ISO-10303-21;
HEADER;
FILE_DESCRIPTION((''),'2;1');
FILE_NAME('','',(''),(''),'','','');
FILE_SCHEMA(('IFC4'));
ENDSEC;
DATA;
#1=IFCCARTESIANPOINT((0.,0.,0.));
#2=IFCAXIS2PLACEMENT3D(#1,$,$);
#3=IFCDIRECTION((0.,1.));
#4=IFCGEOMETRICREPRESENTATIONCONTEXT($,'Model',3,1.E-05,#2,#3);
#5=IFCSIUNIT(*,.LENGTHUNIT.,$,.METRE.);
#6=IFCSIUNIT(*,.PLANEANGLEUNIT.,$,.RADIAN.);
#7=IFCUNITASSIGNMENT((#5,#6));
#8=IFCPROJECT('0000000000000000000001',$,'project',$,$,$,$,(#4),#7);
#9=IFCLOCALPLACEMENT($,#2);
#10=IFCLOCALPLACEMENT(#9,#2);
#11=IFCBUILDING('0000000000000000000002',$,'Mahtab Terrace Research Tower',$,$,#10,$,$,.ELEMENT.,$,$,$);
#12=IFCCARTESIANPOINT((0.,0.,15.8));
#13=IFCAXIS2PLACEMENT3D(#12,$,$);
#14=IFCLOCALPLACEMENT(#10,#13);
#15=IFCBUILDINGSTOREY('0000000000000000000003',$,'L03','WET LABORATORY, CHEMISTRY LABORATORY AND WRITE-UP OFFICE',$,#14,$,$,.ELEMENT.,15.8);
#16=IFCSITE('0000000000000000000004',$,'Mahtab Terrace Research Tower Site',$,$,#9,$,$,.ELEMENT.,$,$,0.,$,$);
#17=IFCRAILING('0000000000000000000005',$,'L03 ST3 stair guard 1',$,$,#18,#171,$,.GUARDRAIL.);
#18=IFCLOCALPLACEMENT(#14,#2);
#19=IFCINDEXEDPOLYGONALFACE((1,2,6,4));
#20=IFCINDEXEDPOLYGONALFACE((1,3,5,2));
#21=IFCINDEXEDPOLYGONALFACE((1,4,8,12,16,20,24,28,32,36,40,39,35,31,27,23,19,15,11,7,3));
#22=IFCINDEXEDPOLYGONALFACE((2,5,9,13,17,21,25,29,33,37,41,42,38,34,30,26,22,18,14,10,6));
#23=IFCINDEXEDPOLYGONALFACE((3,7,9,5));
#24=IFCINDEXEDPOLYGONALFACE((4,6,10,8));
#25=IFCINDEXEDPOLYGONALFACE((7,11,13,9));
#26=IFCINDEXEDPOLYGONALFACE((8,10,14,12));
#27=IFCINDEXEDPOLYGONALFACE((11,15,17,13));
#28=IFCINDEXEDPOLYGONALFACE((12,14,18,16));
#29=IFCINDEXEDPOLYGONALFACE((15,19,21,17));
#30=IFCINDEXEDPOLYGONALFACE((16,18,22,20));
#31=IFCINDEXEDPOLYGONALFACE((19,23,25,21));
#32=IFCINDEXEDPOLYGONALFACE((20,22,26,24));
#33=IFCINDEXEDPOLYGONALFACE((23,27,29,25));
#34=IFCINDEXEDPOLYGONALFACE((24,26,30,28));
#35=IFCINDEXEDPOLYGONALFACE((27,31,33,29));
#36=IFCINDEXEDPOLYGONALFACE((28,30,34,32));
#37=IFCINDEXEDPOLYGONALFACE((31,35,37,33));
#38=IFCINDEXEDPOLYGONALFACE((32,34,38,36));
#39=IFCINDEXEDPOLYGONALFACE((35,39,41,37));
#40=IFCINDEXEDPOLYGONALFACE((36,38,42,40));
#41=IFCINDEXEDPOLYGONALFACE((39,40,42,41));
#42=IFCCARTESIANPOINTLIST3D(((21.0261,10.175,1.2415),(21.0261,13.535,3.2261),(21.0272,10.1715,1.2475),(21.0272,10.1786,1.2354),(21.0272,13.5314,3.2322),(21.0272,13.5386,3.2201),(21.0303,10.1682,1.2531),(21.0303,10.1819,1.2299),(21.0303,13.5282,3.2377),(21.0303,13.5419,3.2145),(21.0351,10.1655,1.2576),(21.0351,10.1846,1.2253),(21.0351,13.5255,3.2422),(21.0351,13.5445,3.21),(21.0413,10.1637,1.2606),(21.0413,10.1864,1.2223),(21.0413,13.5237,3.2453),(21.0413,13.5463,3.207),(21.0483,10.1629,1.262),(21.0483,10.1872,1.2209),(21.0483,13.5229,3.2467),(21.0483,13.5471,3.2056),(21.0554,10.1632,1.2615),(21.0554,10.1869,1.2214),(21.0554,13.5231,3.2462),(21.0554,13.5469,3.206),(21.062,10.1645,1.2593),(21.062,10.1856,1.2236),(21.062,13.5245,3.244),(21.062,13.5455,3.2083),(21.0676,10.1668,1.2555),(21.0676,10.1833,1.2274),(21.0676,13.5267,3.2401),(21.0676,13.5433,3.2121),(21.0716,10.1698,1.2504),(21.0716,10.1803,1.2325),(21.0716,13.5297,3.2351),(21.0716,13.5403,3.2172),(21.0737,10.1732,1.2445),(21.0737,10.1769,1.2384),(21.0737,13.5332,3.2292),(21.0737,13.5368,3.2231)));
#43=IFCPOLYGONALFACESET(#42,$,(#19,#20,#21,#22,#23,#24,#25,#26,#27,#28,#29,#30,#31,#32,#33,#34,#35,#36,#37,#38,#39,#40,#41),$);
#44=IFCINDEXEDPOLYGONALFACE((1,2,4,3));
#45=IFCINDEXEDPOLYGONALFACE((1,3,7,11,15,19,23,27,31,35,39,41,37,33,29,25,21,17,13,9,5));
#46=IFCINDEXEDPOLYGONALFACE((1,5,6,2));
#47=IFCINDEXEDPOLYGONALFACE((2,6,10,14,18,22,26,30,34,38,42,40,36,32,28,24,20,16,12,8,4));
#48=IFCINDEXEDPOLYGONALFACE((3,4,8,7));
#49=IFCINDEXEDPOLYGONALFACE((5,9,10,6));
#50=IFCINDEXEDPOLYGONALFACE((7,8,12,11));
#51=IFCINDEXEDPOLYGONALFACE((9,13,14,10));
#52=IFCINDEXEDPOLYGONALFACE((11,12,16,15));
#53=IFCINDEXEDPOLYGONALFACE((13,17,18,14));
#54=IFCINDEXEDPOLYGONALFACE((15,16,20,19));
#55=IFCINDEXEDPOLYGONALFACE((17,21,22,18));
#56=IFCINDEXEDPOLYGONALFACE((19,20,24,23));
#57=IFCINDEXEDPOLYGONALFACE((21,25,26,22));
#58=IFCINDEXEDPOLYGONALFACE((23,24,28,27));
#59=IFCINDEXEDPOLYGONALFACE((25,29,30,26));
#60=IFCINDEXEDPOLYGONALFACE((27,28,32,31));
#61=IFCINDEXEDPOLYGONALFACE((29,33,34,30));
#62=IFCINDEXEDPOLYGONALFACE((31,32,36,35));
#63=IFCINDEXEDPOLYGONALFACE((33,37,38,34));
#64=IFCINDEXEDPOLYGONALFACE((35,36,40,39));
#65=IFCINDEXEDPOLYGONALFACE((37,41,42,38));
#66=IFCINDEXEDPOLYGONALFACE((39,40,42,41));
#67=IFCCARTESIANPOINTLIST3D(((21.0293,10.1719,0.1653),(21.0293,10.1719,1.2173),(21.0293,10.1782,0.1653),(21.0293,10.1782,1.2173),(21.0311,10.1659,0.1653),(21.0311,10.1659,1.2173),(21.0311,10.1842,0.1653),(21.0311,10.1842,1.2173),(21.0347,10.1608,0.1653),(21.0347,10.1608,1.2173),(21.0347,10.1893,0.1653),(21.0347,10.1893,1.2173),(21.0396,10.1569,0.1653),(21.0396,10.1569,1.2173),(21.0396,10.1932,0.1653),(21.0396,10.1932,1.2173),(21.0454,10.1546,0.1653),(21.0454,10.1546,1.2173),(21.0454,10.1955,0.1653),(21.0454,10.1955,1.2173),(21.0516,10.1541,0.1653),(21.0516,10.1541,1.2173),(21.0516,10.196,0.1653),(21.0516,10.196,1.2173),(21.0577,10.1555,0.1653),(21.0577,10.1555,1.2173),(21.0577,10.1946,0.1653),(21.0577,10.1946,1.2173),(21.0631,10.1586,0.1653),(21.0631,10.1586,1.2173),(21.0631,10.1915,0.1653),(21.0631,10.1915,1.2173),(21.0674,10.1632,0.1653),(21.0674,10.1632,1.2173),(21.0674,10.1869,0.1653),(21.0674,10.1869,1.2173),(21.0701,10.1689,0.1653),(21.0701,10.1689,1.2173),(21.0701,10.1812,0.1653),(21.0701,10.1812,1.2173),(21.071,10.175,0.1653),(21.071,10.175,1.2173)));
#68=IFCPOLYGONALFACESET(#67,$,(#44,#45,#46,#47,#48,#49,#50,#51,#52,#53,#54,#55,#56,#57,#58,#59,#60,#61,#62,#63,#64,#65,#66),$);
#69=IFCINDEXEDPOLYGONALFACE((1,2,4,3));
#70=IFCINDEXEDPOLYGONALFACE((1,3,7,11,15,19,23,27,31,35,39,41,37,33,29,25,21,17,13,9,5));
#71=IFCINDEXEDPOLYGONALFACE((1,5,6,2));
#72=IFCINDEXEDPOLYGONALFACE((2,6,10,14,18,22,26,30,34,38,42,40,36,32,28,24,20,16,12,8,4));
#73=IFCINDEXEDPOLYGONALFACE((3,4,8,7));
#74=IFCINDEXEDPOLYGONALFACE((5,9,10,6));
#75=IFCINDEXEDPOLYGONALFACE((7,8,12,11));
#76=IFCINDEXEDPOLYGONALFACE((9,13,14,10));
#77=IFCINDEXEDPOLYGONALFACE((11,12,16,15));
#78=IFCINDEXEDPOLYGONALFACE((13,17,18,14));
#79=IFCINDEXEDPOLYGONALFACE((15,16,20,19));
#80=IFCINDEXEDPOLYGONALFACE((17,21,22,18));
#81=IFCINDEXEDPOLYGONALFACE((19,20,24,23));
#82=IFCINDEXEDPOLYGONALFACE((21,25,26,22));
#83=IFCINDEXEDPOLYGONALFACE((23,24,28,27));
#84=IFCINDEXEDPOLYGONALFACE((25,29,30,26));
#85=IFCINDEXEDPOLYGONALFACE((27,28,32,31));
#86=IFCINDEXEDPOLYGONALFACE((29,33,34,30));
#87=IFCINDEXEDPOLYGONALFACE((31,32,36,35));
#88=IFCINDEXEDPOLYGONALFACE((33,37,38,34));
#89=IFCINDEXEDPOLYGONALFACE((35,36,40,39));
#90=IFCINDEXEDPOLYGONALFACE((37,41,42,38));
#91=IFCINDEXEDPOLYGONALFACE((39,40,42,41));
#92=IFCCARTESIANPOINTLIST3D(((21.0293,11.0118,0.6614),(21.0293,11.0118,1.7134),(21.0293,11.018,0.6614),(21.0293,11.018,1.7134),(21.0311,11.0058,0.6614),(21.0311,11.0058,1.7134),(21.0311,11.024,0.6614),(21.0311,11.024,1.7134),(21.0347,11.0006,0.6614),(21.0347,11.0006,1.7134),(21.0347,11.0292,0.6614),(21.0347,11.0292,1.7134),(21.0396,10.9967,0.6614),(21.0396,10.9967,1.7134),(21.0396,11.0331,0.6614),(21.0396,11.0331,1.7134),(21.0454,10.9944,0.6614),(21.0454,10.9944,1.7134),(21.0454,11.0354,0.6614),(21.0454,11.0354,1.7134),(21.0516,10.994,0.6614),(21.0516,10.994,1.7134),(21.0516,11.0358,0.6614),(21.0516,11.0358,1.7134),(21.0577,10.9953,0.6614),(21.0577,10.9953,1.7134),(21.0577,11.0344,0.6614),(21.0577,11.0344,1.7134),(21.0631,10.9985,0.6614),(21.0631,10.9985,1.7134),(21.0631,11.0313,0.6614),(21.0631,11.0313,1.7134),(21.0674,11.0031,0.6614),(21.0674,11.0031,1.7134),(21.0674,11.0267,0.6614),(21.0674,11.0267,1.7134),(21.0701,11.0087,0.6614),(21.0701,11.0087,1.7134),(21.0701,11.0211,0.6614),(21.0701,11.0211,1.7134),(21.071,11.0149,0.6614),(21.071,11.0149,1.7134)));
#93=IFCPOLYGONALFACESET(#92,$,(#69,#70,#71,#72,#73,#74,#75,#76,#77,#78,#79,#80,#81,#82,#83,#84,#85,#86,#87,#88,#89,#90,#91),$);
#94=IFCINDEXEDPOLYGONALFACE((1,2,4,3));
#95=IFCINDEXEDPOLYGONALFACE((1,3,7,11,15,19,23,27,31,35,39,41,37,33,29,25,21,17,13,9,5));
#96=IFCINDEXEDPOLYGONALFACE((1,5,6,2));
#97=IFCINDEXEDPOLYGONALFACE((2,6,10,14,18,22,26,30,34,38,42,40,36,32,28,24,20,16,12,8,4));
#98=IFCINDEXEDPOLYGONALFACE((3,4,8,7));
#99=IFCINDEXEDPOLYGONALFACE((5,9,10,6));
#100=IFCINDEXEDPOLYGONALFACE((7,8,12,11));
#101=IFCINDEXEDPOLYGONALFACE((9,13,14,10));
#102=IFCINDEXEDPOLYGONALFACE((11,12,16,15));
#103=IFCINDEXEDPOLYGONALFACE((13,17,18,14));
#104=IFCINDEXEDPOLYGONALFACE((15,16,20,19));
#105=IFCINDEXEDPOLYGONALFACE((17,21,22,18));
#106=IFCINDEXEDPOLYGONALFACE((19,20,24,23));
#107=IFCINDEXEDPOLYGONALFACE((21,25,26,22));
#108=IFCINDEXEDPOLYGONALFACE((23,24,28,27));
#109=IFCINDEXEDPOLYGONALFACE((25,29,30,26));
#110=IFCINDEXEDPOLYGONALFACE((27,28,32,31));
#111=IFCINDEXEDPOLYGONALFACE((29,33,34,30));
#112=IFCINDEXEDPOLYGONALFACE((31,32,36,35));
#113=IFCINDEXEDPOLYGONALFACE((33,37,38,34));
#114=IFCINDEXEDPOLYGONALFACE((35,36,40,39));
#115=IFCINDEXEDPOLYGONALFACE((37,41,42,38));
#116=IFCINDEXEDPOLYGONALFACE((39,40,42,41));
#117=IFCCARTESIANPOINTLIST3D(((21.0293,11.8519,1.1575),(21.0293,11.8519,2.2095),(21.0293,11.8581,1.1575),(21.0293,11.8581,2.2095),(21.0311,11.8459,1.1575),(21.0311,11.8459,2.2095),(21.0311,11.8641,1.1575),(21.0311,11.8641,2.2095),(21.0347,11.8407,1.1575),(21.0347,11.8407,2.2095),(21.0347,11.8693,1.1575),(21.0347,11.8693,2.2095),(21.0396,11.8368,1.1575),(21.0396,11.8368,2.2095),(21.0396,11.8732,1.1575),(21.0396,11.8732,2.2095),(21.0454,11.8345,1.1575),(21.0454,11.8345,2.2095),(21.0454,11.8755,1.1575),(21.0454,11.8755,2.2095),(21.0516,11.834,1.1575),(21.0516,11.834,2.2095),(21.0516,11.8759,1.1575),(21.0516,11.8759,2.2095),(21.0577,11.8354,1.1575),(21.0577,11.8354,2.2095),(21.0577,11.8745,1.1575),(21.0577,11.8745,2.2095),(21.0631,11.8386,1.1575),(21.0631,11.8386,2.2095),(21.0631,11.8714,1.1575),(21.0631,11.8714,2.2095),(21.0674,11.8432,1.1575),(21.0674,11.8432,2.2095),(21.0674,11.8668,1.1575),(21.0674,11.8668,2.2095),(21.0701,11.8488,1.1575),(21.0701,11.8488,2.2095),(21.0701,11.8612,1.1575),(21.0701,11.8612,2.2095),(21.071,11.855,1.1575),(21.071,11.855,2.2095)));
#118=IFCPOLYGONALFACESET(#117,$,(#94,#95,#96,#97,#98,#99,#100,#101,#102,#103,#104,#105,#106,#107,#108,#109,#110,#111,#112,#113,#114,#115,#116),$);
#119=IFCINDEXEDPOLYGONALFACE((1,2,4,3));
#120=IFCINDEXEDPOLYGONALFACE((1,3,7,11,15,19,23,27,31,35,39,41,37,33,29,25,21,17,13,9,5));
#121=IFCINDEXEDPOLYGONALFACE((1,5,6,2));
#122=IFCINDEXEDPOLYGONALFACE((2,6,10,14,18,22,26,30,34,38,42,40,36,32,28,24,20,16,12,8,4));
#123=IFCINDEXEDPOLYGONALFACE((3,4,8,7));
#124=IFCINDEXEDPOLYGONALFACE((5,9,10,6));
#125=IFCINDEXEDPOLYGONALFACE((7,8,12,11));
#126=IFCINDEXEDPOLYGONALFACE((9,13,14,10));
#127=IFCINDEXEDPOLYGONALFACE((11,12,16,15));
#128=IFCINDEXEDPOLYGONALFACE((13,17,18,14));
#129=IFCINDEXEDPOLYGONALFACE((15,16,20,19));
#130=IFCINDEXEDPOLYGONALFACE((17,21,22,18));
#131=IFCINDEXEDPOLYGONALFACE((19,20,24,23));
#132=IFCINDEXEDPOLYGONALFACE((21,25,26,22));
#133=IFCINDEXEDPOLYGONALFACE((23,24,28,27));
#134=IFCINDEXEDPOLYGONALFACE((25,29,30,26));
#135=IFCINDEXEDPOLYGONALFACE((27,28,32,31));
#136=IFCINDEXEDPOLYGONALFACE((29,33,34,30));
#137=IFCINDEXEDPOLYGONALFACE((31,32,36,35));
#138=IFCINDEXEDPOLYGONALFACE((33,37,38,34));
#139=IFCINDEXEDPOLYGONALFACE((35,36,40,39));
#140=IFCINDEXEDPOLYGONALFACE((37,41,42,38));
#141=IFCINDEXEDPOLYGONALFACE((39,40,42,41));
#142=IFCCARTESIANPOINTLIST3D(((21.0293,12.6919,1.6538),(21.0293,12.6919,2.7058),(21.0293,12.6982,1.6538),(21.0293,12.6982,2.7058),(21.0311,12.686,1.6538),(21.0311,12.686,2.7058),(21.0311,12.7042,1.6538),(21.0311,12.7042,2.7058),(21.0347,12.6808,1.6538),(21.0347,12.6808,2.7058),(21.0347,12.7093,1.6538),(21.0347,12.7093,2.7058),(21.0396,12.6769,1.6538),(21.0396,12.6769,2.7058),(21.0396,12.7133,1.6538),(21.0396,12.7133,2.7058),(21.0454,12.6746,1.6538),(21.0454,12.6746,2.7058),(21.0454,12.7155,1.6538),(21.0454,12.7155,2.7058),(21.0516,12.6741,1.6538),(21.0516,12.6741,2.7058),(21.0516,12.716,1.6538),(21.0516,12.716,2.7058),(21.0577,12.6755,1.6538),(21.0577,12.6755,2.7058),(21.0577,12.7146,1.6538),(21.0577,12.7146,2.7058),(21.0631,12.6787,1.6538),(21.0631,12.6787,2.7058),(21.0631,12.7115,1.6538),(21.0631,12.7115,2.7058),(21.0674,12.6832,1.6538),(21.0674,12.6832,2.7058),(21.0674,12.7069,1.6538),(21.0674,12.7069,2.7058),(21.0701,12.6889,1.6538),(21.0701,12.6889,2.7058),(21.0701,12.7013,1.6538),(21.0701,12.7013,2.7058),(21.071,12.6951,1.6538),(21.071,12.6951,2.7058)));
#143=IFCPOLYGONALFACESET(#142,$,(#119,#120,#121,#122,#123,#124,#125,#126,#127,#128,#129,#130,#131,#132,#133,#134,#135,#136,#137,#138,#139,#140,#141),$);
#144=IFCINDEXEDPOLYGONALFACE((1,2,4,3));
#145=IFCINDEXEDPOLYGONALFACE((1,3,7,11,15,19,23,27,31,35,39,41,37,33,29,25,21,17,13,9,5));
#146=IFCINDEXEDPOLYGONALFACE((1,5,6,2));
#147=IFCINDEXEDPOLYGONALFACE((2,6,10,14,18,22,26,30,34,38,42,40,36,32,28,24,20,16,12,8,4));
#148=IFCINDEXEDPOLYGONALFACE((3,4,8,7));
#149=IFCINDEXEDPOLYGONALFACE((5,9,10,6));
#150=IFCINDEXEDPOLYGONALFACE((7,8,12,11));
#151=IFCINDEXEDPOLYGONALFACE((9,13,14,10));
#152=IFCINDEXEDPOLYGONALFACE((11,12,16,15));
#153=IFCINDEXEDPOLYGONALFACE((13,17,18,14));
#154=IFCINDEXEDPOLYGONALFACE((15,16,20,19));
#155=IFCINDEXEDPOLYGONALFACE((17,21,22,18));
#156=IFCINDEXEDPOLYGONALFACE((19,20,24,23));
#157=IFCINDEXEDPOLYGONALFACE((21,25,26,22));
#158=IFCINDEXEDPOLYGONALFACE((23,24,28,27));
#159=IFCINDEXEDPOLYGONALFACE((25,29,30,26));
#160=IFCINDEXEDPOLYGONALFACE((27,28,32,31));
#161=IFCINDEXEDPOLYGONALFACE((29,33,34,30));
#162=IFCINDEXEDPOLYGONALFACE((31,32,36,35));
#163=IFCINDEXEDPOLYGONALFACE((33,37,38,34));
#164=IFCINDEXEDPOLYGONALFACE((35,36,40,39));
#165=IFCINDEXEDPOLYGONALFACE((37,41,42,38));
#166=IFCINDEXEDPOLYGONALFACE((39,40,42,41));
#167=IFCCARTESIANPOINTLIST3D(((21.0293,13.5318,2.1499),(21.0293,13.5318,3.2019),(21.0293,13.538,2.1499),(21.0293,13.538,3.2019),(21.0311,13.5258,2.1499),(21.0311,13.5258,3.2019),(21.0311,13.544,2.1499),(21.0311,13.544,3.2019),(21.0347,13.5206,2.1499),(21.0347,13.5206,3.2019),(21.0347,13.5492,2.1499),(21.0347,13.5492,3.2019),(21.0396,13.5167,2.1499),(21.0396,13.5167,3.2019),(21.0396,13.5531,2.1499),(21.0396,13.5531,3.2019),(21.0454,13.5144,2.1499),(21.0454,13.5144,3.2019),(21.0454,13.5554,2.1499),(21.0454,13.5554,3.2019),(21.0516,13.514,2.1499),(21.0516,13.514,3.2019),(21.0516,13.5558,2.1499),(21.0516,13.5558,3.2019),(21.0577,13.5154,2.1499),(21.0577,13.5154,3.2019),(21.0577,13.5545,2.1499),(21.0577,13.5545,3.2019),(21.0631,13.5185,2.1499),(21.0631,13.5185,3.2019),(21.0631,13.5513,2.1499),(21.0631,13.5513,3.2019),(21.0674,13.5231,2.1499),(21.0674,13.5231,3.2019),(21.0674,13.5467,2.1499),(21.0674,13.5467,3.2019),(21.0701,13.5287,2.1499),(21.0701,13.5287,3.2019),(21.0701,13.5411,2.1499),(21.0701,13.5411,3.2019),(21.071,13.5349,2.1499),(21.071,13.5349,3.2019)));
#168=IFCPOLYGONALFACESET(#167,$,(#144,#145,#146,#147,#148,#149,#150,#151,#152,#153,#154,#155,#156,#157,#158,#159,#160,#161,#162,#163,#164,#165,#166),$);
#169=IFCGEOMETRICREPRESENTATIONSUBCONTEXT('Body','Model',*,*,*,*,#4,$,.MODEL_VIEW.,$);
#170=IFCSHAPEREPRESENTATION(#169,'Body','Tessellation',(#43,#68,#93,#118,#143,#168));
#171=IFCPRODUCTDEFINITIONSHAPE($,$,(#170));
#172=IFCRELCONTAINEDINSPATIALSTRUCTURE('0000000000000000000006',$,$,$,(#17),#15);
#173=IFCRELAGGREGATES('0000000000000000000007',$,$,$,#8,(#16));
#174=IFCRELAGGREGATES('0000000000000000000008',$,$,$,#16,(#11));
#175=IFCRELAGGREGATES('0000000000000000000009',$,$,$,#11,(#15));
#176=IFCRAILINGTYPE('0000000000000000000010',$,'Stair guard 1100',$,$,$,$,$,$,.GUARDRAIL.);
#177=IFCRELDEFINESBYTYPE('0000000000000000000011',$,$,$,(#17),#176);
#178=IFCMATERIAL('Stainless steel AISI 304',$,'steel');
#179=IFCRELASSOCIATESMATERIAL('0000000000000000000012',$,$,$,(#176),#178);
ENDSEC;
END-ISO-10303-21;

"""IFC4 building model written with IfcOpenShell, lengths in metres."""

from ifc_helpers import new_model, si_unit, direction, frame, origin, origin_2d, place, context, subcontext, project, spatial, circle, extrude, material, type_object, element, save


model = new_model("IFC4")

# Units and contexts
model_context = context("Model", 3, precision=1e-05, world=origin(), true_north=direction((0.0, 1.0)))
body_context = subcontext(model_context, "Body", "Model", "MODEL_VIEW")
ifc_project = project(units=[si_unit("LENGTHUNIT", "METRE"), si_unit("PLANEANGLEUNIT", "RADIAN")], contexts=[model_context])

# Site, building, storey
site_placement = place(None, origin())
site = spatial("IfcSite", under=ifc_project, at=site_placement, Name="Mahtab Terrace Research Tower Site", CompositionType="ELEMENT", RefElevation=0.0)
building_placement = place(site_placement, origin())
building = spatial("IfcBuilding", under=site, at=building_placement, Name="Mahtab Terrace Research Tower", CompositionType="ELEMENT")
storey_placement = place(building_placement, frame((0.0, 0.0, 15.8)))
storey = spatial("IfcBuildingStorey", under=building, at=storey_placement, Name="L03", Description="WET LABORATORY, CHEMISTRY LABORATORY AND WRITE-UP OFFICE", CompositionType="ELEMENT", Elevation=15.8)

# Shared definitions
ifc_material_1 = material(Name="Stainless steel AISI 304", Category="steel")

# Railing
railing_type_1 = type_object("IfcRailingType", Name="Stair guard 1100", PredefinedType="GUARDRAIL", material=ifc_material_1)
railing_1_placement = place(storey_placement, frame((21.05, 10.175, 0.1653)))
element("IfcRailing", 1, at=railing_1_placement, inside=storey, type_object=railing_type_1, Name="L03 ST3 stair guard 1", PredefinedType="GUARDRAIL", context=body_context, shape_type="SweptSolid", body=[
    extrude(circle(Radius=0.0239, at=origin_2d()), frame((0.0, 0.0, 1.0762), z_axis=(0.0, 0.861011, 0.508586), x_axis=(-1.0, 0.0, 0.0)), (0.0, 0.0, 1.0), 3.9023),
    extrude(circle(Radius=0.021, at=origin_2d()), origin(), (0.0, 0.0, 1.0), 1.052),
    extrude(circle(Radius=0.021, at=origin_2d()), frame((0.0, 0.8398, 0.4961)), (0.0, 0.0, 1.0), 1.052),
    extrude(circle(Radius=0.021, at=origin_2d()), frame((0.0, 1.6799, 0.9922)), (0.0, 0.0, 1.0), 1.052),
    extrude(circle(Radius=0.021, at=origin_2d()), frame((0.0, 2.52, 1.4885)), (0.0, 0.0, 1.0), 1.052),
    extrude(circle(Radius=0.021, at=origin_2d()), frame((0.0, 3.3599, 1.9846)), (0.0, 0.0, 1.0), 1.052),
])

save(model, "model.ifc")
